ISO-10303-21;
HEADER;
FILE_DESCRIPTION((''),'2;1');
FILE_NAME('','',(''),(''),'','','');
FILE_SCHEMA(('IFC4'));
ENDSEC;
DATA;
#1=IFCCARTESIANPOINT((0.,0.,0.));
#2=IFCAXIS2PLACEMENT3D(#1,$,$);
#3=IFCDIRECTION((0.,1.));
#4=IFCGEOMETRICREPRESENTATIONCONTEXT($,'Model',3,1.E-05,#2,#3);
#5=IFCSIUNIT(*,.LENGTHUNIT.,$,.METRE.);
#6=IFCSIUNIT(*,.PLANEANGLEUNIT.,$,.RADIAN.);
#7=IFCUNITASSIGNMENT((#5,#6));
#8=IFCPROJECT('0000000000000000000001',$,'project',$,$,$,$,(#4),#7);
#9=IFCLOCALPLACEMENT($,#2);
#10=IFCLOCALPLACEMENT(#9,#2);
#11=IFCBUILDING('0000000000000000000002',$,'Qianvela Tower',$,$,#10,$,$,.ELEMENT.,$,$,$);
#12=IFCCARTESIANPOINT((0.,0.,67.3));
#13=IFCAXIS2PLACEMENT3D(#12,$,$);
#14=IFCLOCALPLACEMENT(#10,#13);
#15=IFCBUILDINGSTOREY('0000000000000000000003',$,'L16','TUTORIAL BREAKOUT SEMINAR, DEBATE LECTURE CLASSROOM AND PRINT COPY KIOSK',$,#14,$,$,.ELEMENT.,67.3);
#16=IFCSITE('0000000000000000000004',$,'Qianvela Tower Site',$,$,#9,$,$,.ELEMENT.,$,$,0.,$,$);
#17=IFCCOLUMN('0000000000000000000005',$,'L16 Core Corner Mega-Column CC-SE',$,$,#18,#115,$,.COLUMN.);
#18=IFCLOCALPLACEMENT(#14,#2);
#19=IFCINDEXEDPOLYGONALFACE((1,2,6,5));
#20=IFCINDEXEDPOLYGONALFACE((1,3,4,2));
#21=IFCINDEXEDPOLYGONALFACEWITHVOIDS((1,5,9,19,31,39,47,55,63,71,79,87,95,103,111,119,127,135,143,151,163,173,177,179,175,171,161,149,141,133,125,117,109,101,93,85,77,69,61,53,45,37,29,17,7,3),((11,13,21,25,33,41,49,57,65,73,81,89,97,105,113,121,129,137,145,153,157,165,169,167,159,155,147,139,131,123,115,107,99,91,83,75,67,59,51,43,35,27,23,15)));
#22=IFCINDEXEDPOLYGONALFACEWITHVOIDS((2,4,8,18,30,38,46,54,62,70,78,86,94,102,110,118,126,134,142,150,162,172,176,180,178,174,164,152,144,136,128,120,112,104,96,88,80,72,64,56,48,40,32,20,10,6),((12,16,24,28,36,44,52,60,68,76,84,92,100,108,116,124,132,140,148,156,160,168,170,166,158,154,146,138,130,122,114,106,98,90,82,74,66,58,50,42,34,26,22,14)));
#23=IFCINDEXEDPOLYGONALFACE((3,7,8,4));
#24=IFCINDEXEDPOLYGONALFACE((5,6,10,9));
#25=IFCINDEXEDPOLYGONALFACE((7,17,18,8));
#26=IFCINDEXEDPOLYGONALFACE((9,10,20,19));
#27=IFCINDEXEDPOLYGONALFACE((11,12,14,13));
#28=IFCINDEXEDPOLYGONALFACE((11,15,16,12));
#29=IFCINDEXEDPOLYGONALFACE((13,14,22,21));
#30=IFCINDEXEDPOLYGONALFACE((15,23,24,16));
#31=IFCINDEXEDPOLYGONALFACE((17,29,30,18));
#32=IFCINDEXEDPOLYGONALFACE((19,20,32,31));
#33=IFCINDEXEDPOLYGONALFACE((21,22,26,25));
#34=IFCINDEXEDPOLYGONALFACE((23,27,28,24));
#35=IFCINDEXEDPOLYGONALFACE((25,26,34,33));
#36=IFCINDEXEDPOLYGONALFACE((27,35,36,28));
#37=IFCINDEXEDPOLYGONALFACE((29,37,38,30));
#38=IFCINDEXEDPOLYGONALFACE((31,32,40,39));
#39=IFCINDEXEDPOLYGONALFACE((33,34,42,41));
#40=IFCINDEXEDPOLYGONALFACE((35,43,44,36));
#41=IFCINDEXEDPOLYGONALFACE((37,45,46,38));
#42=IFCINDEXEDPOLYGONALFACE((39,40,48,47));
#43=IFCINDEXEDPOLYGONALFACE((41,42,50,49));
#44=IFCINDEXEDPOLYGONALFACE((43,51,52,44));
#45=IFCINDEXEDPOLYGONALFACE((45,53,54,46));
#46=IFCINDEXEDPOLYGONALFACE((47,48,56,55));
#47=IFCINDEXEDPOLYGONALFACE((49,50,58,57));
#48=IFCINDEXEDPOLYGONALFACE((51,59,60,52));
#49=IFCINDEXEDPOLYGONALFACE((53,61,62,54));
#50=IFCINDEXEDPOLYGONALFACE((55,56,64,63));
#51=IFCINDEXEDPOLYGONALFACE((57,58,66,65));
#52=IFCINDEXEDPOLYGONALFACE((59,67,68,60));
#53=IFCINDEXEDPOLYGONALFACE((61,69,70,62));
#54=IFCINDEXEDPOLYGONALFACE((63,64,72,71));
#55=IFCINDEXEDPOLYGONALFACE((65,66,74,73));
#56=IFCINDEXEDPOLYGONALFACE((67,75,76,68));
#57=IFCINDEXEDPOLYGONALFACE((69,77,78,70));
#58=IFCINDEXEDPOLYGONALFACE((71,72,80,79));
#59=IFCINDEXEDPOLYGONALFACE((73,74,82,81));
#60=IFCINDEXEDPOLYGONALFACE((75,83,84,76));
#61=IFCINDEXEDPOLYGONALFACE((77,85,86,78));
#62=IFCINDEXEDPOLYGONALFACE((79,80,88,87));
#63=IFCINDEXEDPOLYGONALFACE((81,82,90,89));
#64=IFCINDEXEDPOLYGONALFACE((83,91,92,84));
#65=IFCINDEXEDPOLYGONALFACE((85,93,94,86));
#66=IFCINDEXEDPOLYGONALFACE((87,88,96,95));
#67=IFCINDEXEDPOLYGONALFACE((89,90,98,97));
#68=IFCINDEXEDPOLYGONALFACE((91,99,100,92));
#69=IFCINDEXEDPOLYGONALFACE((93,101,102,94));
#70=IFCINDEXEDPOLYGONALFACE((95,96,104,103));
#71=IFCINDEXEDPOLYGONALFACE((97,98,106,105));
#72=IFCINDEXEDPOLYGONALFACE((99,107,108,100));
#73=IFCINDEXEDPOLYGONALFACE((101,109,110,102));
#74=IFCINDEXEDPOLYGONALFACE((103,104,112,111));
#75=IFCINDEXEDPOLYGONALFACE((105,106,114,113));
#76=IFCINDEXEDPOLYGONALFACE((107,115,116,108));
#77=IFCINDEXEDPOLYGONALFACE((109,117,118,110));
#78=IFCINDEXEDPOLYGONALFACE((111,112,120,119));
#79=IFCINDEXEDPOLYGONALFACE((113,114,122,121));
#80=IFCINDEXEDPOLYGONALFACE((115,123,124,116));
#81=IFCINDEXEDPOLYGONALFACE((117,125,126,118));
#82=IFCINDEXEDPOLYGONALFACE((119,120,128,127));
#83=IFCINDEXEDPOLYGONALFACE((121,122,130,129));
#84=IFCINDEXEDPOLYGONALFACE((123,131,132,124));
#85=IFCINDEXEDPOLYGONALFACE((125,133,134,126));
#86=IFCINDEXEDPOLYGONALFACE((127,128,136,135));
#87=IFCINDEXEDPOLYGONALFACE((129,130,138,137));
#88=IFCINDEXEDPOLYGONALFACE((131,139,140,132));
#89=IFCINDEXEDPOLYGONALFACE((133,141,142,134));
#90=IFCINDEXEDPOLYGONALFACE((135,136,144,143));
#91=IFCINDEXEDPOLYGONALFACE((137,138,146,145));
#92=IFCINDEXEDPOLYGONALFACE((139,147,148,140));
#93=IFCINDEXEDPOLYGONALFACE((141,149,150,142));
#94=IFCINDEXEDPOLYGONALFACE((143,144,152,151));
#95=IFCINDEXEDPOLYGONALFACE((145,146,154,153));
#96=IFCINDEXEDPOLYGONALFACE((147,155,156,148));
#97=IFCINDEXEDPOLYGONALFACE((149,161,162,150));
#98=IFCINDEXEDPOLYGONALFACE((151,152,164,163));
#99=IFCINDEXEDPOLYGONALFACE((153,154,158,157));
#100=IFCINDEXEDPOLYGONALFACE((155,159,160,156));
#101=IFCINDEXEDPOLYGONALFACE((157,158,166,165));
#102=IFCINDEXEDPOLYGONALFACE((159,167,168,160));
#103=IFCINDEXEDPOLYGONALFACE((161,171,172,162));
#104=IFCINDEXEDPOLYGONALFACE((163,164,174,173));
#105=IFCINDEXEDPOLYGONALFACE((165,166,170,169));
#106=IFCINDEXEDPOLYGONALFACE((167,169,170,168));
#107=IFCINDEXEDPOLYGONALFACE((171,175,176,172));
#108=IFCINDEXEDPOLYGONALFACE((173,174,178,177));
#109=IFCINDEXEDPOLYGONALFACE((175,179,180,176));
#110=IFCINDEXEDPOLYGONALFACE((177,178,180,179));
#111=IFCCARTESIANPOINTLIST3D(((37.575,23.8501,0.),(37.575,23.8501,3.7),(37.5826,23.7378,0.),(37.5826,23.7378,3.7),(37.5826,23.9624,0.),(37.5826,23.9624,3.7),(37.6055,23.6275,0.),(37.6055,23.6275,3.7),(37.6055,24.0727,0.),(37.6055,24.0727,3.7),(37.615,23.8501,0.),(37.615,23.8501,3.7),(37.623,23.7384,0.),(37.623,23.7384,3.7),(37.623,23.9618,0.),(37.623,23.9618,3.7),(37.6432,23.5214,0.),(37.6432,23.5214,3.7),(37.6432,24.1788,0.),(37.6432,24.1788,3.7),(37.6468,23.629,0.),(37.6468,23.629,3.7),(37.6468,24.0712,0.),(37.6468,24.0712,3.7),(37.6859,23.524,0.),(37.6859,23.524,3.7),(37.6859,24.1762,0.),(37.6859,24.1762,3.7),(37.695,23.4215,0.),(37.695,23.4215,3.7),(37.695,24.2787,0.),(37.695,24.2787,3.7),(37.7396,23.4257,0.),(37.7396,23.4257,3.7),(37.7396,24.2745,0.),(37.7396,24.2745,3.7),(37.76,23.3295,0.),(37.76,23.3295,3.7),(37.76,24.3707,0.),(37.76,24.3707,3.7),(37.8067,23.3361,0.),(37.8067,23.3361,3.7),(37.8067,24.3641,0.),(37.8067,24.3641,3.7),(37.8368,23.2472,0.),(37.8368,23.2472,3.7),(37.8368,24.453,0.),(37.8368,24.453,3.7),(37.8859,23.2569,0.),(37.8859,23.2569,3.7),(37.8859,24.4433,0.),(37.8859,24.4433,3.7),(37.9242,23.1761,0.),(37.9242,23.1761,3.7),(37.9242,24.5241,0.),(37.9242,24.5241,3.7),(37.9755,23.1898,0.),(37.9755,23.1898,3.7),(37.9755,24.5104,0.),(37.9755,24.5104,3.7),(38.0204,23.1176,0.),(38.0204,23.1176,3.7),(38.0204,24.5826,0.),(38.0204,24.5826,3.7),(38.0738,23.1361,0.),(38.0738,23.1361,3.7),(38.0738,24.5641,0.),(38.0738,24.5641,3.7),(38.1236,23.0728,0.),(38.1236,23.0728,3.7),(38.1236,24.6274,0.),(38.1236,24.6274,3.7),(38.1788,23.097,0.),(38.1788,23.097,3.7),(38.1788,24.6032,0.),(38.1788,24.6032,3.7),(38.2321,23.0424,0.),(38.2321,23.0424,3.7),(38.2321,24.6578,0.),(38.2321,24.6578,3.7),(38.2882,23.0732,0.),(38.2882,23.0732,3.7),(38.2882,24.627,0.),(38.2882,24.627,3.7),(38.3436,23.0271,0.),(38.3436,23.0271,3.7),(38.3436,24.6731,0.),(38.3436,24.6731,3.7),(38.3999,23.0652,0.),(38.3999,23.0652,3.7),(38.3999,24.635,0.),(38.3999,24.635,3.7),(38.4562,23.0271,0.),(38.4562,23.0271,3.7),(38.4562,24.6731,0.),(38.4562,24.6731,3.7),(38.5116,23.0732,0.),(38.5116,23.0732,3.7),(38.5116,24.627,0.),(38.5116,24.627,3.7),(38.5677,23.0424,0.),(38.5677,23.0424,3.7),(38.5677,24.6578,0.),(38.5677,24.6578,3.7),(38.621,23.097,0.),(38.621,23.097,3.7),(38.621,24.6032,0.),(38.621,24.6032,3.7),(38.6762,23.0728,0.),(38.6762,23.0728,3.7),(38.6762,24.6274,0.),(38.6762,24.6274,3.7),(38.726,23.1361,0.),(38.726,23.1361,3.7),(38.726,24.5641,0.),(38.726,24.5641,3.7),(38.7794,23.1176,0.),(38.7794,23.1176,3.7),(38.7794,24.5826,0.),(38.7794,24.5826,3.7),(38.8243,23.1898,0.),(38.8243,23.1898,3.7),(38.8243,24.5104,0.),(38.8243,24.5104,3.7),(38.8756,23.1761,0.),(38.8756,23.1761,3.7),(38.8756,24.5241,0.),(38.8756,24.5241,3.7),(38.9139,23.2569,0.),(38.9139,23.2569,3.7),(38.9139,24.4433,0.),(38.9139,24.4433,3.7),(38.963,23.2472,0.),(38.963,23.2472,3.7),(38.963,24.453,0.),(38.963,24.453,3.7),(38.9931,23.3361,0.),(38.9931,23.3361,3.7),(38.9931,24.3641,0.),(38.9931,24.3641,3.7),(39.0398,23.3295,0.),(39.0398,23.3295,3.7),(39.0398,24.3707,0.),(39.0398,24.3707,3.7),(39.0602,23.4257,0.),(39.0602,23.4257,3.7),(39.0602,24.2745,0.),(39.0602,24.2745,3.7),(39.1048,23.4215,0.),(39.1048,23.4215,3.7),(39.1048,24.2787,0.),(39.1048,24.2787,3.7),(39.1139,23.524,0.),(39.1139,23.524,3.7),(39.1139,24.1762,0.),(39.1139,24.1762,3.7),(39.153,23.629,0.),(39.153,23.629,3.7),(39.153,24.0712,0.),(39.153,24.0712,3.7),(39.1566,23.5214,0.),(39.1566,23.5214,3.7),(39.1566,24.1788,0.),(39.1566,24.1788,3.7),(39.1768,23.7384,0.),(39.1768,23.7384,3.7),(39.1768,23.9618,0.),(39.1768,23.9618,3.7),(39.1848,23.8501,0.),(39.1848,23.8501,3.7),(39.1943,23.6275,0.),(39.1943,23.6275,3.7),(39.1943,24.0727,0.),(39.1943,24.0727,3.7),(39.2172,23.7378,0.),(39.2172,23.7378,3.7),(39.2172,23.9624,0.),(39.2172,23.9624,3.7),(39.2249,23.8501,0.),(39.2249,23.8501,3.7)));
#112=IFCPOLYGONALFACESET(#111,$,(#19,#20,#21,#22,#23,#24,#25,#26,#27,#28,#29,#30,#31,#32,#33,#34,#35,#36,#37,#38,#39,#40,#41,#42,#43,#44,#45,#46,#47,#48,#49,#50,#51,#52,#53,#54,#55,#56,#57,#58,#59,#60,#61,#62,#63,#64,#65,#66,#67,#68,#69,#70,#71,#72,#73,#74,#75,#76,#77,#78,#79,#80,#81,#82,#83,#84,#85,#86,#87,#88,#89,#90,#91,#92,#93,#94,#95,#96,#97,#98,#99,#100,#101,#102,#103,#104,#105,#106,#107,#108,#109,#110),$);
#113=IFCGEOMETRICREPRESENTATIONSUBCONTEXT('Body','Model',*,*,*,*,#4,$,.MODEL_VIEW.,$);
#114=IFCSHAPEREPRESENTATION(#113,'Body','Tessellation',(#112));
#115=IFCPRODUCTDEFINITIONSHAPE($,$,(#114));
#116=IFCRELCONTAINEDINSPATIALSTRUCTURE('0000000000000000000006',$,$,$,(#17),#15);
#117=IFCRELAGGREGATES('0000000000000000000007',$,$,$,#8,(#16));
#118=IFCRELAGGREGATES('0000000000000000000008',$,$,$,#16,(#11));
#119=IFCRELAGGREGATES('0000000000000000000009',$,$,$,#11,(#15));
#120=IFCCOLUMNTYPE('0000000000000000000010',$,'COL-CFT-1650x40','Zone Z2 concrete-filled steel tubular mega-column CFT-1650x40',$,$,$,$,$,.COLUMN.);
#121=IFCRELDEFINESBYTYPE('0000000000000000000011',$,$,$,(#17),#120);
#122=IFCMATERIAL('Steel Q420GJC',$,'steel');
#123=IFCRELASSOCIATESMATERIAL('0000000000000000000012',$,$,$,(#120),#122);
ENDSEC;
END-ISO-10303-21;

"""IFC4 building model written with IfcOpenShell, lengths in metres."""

from ifc_helpers import new_model, si_unit, direction, frame, origin, origin_2d, place, context, subcontext, project, spatial, hollow_circle, extrude, material, material_profile, profile_set, type_object, element, save


model = new_model("IFC4")

# Units and contexts
model_context = context("Model", 3, precision=1e-05, world=origin(), true_north=direction((0.0, 1.0)))
body_context = subcontext(model_context, "Body", "Model", "MODEL_VIEW")
ifc_project = project(units=[si_unit("LENGTHUNIT", "METRE"), si_unit("PLANEANGLEUNIT", "RADIAN")], contexts=[model_context])

# Site, building, storey
site_placement = place(None, origin())
site = spatial("IfcSite", under=ifc_project, at=site_placement, Name="Qianvela Tower Site", CompositionType="ELEMENT", RefElevation=0.0)
building_placement = place(site_placement, origin())
building = spatial("IfcBuilding", under=site, at=building_placement, Name="Qianvela Tower", CompositionType="ELEMENT")
storey_placement = place(building_placement, frame((0.0, 0.0, 67.3)))
storey = spatial("IfcBuildingStorey", under=building, at=storey_placement, Name="L16", Description="TUTORIAL BREAKOUT SEMINAR, DEBATE LECTURE CLASSROOM AND PRINT COPY KIOSK", CompositionType="ELEMENT", Elevation=67.3)

# Column
ifc_material_1 = material(Name="Steel Q420GJC", Category="steel")
ifc_material_profile_1 = material_profile(ifc_material_1, hollow_circle(Radius=0.825, WallThickness=0.04, at=origin_2d()), Name="CFT-1650x40")
ifc_profile_set_1 = profile_set([ifc_material_profile_1], Name="Steel Q420GJC")
column_type = type_object("IfcColumnType", Name="COL-CFT-1650x40", Description="Zone Z2 concrete-filled steel tubular mega-column CFT-1650x40", PredefinedType="COLUMN", material=ifc_profile_set_1)
for number, where, z_axis, x_axis, name in (
    (1, (38.3999, 23.8501, 0.0), (0.0, 0.0, 1.0), (1.0, 0.0, 0.0), "L16 Core Corner Mega-Column CC-SE"),
):
    element("IfcColumn", number, at=place(storey_placement, frame(where, z_axis=z_axis, x_axis=x_axis)), inside=storey, type_object=column_type, Name=name, PredefinedType="COLUMN", context=body_context, shape_type="SweptSolid", body=[
        extrude(hollow_circle(Radius=0.825, WallThickness=0.04, at=origin_2d()), origin(), (0.0, 0.0, 1.0), 3.7),
    ])

save(model, "model.ifc")
